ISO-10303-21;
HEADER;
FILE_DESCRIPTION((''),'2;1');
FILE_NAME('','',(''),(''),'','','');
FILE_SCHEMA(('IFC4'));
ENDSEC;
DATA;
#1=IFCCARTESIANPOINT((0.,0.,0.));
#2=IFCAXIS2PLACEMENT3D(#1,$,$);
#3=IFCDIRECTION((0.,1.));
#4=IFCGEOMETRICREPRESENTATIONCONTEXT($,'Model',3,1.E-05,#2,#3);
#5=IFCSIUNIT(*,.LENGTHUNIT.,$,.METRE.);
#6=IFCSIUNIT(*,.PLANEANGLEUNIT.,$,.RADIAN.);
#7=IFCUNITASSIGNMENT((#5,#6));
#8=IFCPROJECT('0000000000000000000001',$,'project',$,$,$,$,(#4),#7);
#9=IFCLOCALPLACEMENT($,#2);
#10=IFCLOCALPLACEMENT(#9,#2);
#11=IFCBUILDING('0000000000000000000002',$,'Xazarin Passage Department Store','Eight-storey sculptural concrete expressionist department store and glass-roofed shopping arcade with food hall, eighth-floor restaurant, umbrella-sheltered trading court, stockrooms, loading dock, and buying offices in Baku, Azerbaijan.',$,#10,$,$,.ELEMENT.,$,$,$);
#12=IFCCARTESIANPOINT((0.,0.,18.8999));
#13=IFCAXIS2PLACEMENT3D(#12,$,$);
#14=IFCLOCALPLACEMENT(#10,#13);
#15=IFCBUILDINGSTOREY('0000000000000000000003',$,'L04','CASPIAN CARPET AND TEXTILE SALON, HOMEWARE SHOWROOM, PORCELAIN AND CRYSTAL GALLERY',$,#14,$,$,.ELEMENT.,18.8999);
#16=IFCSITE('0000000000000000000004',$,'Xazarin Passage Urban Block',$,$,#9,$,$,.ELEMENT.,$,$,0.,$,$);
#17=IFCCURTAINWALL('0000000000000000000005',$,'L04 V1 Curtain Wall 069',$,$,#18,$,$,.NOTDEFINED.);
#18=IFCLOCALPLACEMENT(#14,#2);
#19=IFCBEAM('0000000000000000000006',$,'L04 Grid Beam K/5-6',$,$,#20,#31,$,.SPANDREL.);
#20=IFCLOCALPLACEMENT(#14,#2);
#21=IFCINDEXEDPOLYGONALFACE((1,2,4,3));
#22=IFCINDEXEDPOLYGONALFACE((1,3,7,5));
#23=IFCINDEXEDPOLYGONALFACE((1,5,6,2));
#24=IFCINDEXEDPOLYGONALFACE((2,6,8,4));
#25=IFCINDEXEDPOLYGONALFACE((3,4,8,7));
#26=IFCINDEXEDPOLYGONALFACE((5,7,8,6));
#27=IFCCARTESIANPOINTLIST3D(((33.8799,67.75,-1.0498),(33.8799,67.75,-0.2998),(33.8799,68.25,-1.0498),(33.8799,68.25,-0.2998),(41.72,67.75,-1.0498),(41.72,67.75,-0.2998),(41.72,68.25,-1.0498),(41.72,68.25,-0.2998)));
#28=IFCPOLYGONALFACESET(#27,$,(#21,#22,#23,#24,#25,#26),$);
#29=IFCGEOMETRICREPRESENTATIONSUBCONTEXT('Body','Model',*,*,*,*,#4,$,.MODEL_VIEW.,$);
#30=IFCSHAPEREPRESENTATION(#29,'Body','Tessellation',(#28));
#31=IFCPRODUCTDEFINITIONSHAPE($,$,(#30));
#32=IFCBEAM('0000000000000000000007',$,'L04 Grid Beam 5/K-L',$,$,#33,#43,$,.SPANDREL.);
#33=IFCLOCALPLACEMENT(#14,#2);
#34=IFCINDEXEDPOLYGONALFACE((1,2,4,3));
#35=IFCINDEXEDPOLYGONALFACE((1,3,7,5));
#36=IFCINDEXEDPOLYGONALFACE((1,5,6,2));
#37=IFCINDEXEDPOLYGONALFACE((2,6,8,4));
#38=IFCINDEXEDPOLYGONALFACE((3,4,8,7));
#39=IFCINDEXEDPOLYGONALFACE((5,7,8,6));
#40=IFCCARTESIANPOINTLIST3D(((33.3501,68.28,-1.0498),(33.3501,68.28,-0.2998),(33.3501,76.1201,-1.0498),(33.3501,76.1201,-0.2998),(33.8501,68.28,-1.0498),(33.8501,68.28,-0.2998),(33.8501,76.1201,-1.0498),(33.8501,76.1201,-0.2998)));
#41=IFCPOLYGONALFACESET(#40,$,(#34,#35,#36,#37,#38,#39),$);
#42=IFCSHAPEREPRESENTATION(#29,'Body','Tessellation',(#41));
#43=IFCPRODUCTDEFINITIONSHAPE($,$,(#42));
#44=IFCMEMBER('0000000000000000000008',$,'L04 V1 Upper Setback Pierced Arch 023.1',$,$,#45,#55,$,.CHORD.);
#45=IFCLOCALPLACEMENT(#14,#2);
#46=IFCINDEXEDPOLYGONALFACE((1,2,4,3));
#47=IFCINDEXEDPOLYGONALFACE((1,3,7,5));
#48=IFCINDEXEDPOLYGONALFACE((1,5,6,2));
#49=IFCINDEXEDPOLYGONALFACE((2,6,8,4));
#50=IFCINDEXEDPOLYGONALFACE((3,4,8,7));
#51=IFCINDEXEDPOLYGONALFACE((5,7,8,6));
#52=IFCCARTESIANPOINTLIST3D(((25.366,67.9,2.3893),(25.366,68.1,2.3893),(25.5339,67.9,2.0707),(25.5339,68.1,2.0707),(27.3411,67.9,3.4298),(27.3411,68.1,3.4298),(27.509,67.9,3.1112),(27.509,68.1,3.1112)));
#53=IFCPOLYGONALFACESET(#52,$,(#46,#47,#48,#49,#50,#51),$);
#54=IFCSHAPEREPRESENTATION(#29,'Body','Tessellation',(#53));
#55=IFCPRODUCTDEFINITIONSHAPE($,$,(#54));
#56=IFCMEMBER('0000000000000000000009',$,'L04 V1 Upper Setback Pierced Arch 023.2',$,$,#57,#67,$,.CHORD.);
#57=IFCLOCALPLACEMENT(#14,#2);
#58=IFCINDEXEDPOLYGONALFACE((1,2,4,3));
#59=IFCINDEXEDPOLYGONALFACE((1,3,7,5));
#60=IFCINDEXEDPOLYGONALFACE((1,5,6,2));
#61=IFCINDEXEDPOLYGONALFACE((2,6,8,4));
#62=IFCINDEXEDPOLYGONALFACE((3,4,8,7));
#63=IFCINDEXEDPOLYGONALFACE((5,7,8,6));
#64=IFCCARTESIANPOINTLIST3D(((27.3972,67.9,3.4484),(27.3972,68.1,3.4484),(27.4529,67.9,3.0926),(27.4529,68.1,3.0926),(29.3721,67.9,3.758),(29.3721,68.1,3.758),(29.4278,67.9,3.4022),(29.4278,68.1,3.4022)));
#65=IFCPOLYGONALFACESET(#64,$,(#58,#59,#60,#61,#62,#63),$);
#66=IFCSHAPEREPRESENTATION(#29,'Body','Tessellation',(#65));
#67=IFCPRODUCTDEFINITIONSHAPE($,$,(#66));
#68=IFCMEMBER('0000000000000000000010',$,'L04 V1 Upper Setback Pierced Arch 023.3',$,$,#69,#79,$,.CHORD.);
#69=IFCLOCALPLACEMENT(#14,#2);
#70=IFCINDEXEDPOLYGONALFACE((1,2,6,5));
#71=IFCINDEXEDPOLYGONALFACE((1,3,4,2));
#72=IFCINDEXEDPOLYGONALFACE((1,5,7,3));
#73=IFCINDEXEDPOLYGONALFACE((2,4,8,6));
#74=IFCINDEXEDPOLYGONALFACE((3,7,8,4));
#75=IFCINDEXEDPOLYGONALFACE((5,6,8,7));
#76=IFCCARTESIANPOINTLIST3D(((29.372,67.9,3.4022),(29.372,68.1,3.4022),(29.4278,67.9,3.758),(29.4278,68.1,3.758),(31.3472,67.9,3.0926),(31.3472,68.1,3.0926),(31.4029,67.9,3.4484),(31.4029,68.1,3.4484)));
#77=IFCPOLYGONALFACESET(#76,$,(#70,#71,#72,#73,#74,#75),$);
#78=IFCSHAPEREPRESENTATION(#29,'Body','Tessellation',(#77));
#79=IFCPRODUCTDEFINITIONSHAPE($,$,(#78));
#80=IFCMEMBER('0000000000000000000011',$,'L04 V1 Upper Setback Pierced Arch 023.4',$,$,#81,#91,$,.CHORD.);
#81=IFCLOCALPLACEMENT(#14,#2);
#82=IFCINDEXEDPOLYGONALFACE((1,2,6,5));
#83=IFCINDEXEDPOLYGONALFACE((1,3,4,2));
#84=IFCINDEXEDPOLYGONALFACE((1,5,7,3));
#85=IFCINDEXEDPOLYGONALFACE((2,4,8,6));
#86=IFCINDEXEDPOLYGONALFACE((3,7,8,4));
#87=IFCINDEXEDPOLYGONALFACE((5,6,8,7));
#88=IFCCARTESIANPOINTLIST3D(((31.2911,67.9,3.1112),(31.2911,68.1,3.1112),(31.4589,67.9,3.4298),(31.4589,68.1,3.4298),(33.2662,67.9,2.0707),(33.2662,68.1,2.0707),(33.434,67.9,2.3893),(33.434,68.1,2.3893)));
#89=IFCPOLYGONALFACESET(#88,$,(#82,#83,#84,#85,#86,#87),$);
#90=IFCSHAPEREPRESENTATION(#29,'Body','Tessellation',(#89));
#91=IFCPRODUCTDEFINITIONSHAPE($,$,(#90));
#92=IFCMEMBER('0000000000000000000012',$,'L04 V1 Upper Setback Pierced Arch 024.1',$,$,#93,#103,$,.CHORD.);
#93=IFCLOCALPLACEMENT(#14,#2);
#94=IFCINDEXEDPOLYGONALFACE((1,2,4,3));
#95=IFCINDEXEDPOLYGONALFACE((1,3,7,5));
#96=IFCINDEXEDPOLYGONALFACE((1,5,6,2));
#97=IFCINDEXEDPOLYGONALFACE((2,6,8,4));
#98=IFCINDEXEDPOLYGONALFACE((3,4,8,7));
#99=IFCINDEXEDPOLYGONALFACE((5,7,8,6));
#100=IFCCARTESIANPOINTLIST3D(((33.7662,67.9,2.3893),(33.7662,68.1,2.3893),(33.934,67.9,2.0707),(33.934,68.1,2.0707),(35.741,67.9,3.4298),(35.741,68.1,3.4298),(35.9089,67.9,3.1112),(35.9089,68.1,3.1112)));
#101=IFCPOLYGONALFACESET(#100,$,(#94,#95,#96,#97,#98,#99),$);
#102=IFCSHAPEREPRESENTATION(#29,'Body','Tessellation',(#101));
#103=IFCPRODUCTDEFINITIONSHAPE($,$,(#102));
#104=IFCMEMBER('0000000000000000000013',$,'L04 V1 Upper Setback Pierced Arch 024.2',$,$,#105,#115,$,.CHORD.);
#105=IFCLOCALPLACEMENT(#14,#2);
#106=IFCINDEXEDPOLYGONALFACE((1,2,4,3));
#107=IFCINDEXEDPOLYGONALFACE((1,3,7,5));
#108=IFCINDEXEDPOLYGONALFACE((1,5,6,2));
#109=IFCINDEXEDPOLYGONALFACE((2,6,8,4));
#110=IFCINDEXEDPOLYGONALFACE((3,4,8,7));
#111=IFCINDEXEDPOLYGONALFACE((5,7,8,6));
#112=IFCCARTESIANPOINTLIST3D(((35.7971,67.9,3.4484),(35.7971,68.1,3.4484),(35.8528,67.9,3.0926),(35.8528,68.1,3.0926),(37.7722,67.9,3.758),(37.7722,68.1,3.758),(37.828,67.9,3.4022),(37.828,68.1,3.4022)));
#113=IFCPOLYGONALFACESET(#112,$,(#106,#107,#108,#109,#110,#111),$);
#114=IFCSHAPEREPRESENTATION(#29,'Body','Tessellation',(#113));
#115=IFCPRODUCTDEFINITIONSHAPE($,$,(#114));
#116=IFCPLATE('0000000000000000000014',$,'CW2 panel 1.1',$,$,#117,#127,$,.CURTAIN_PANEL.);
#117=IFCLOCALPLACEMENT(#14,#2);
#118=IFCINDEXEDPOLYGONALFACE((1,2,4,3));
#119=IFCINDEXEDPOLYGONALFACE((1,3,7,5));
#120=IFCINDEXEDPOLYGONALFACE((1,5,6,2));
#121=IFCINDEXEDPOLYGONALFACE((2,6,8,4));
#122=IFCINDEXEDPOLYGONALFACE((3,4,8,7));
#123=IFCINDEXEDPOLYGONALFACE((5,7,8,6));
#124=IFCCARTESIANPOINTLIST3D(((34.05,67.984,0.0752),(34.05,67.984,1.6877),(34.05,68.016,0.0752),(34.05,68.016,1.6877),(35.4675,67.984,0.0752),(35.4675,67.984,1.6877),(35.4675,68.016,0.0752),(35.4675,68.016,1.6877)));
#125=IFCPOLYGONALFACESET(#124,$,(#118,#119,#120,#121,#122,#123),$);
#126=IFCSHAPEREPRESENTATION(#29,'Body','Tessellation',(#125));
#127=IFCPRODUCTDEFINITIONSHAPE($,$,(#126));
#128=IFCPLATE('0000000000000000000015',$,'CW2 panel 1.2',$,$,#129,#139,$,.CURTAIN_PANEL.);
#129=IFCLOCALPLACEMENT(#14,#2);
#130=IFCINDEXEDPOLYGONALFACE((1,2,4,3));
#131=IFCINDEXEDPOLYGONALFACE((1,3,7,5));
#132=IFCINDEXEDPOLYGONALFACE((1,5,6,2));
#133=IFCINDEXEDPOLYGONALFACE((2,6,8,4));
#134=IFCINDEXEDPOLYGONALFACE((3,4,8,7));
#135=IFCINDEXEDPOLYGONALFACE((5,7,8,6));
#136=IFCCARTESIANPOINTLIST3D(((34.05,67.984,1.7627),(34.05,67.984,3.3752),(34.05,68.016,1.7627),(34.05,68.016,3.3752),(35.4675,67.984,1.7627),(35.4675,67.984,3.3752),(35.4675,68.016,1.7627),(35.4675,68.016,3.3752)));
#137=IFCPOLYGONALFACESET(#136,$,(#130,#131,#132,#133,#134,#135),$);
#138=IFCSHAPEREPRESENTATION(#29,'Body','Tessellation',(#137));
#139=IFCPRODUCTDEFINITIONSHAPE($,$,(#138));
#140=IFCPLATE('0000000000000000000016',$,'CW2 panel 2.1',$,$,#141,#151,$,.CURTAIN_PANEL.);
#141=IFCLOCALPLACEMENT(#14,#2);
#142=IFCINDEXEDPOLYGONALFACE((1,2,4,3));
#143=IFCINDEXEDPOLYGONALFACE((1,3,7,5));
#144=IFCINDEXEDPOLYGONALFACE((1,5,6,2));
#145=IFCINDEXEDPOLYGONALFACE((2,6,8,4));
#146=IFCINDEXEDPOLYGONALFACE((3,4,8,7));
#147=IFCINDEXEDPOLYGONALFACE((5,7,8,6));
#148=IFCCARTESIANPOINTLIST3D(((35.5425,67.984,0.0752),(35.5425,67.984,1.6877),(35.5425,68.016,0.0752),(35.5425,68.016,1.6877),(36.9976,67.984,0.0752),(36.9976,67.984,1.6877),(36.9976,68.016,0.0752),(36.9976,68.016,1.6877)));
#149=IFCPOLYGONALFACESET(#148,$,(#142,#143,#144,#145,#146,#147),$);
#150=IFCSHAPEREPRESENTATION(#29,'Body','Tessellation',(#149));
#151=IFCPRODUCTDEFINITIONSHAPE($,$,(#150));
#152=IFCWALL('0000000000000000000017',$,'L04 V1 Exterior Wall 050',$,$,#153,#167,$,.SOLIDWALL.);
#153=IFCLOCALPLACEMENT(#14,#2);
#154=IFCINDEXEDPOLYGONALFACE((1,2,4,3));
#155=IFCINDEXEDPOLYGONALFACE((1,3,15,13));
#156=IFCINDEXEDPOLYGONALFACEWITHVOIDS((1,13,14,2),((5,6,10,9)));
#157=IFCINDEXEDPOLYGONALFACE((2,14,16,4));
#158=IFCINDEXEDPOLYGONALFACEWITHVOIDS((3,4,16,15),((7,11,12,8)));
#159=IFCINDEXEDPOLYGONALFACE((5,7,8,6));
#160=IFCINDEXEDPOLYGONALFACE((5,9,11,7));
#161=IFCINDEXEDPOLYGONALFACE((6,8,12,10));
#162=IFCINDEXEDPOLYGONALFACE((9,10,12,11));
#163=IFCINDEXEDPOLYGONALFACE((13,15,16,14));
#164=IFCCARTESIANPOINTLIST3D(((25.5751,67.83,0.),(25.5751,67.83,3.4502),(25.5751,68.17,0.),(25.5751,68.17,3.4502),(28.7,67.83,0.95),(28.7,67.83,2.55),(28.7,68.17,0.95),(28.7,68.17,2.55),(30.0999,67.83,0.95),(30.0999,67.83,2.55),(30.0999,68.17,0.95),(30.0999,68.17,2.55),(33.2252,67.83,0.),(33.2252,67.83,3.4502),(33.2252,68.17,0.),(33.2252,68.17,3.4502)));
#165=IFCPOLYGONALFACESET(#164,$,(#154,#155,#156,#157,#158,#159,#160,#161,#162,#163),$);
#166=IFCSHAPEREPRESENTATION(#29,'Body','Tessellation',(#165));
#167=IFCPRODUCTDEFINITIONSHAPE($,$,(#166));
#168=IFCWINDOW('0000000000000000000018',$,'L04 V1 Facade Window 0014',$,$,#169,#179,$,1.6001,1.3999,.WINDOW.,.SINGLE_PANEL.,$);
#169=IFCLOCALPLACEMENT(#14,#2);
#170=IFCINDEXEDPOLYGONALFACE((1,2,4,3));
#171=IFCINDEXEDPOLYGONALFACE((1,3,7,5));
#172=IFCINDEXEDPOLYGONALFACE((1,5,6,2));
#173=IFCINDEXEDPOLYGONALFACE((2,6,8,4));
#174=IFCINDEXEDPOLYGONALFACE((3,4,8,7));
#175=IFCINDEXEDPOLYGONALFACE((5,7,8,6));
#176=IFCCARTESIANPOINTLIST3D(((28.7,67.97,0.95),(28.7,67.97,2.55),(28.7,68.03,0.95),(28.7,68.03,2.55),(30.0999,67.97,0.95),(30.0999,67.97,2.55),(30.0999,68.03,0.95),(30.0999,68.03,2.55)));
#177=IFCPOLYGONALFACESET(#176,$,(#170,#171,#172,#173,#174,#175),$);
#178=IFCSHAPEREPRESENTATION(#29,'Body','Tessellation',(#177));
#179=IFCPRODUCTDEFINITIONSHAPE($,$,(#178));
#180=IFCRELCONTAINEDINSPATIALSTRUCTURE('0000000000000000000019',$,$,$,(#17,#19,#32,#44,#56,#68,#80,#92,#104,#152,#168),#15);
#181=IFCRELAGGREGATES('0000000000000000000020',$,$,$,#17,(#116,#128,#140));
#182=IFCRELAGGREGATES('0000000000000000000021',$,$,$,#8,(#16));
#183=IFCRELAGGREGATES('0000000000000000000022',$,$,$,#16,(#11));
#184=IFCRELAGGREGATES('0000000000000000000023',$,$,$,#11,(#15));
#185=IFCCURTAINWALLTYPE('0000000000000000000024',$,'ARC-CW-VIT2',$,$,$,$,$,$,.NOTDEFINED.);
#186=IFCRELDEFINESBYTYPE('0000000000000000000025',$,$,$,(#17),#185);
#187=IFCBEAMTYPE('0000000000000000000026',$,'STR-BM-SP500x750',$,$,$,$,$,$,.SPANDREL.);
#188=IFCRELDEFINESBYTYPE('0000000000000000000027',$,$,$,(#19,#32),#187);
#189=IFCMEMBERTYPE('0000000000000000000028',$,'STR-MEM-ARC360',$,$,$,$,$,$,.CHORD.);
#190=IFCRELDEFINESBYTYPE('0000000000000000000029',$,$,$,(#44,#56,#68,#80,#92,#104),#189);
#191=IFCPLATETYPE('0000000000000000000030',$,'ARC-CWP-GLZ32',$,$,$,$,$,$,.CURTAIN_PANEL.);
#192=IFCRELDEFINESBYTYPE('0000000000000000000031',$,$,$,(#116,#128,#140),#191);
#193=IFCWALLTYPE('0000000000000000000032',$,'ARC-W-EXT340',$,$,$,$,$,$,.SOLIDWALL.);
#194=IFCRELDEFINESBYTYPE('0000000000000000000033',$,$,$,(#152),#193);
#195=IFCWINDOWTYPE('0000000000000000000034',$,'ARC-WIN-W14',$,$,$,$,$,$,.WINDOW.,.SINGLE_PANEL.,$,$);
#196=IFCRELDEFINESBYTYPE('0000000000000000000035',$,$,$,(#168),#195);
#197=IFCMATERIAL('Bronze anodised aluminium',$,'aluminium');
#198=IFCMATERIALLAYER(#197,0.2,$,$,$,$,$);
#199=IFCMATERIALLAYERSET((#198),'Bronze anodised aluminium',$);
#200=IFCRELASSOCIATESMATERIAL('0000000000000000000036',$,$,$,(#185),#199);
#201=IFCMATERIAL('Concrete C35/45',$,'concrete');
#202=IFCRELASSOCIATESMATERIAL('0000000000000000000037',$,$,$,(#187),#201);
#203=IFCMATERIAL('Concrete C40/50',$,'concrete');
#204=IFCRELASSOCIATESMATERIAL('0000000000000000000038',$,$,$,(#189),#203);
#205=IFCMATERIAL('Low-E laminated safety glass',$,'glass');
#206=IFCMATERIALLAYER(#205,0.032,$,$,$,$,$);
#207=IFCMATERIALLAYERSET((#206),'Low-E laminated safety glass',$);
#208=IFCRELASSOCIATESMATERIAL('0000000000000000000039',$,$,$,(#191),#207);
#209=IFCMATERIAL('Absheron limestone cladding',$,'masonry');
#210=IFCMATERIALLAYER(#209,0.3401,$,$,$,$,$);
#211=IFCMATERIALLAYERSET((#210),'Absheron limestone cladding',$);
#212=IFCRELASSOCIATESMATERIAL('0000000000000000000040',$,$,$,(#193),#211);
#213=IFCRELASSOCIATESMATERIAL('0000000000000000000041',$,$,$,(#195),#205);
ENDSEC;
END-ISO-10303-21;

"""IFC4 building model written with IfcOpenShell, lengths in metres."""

from ifc_helpers import new_model, si_unit, direction, frame, frame_2d, origin, origin_2d, place, context, subcontext, project, spatial, rectangle, extrude, material, layer, layer_set, material_profile, profile_set, type_object, element, fill, aggregate, save


model = new_model("IFC4")

# Units and contexts
model_context = context("Model", 3, precision=1e-05, world=origin(), true_north=direction((0.0, 1.0)))
body_context = subcontext(model_context, "Body", "Model", "MODEL_VIEW")
ifc_project = project(units=[si_unit("LENGTHUNIT", "METRE"), si_unit("PLANEANGLEUNIT", "RADIAN")], contexts=[model_context])

# Site, building, storey
site_placement = place(None, origin())
site = spatial("IfcSite", under=ifc_project, at=site_placement, Name="Xazarin Passage Urban Block", CompositionType="ELEMENT", RefElevation=0.0)
building_placement = place(site_placement, origin())
building = spatial("IfcBuilding", under=site, at=building_placement, Name="Xazarin Passage Department Store", Description="Eight-storey sculptural concrete expressionist department store and glass-roofed shopping arcade with food hall, eighth-floor restaurant, umbrella-sheltered trading court, stockrooms, loading dock, and buying offices in Baku, Azerbaijan.", CompositionType="ELEMENT")
storey_placement = place(building_placement, frame((0.0, 0.0, 18.8999)))
storey = spatial("IfcBuildingStorey", under=building, at=storey_placement, Name="L04", Description="CASPIAN CARPET AND TEXTILE SALON, HOMEWARE SHOWROOM, PORCELAIN AND CRYSTAL GALLERY", CompositionType="ELEMENT", Elevation=18.8999)

# Shared definitions
ifc_material_1 = material(Name="Concrete C40/50", Category="concrete")

# Curtain wall
ifc_material_2 = material(Name="Bronze anodised aluminium", Category="aluminium")
ifc_layer_1 = layer(ifc_material_2, 0.2)
ifc_layer_set_1 = layer_set([ifc_layer_1], Name="Bronze anodised aluminium")
curtain_wall_type = type_object("IfcCurtainWallType", Name="ARC-CW-VIT2", PredefinedType="NOTDEFINED", material=ifc_layer_set_1)
curtain_wall_placement = place(storey_placement, origin())
curtain_wall = element("IfcCurtainWall", 1, at=curtain_wall_placement, inside=storey, type_object=curtain_wall_type, Name="L04 V1 Curtain Wall 069", PredefinedType="NOTDEFINED")

# Beams
ifc_material_3 = material(Name="Concrete C35/45", Category="concrete")
ifc_material_profile_1 = material_profile(ifc_material_3, rectangle(XDim=0.5, YDim=0.75, at=origin_2d()), Name="RC 500x750")
ifc_profile_set_1 = profile_set([ifc_material_profile_1], Name="Concrete C35/45")
beam_type = type_object("IfcBeamType", Name="STR-BM-SP500x750", PredefinedType="SPANDREL", material=ifc_profile_set_1)
for number, where, z_axis, x_axis, name in (
    (2, (33.8799, 68.0, -0.6748), (1.0, 0.0, 0.0), (0.0, 1.0, 0.0), "L04 Grid Beam K/5-6"),
    (3, (33.6001, 68.28, -0.6748), (0.0, 1.0, 0.0), (-1.0, 0.0, 0.0), "L04 Grid Beam 5/K-L"),
):
    element("IfcBeam", number, at=place(storey_placement, frame(where, z_axis=z_axis, x_axis=x_axis)), inside=storey, type_object=beam_type, Name=name, PredefinedType="SPANDREL", context=body_context, shape_type="SweptSolid", body=[
        extrude(rectangle(XDim=0.5, YDim=0.75, at=origin_2d()), origin(), (0.0, 0.0, 1.0), 7.8401),
    ])

# Members
ifc_material_profile_2 = material_profile(ifc_material_1, rectangle(XDim=0.2, YDim=0.3601, at=origin_2d()), Name="RC 200x360")
ifc_profile_set_2 = profile_set([ifc_material_profile_2], Name="Concrete C40/50")
member_type_1 = type_object("IfcMemberType", Name="STR-MEM-ARC360", PredefinedType="CHORD", material=ifc_profile_set_2)
member_1_placement = place(storey_placement, frame((25.45, 68.0, 2.23), z_axis=(0.884733, 0.0, 0.466098), x_axis=(0.0, 1.0, 0.0)))
element("IfcMember", 4, at=member_1_placement, inside=storey, type_object=member_type_1, Name="L04 V1 Upper Setback Pierced Arch 023.1", PredefinedType="CHORD", context=body_context, shape_type="SweptSolid", body=[
    extrude(rectangle(XDim=0.2, YDim=0.3601, at=origin_2d()), origin(), (0.0, 0.0, 1.0), 2.2324),
])
member_2_placement = place(storey_placement, frame((27.425, 68.0, 3.2705), z_axis=(0.987936, 0.0, 0.154865), x_axis=(0.0, 1.0, 0.0)))
element("IfcMember", 5, at=member_2_placement, inside=storey, type_object=member_type_1, Name="L04 V1 Upper Setback Pierced Arch 023.2", PredefinedType="CHORD", context=body_context, shape_type="SweptSolid", body=[
    extrude(rectangle(XDim=0.2, YDim=0.3601, at=origin_2d()), origin(), (0.0, 0.0, 1.0), 1.999),
])
member_3_placement = place(storey_placement, frame((29.3999, 68.0, 3.5801), z_axis=(0.987939, 0.0, -0.154846), x_axis=(0.0, 1.0, 0.0)))
element("IfcMember", 6, at=member_3_placement, inside=storey, type_object=member_type_1, Name="L04 V1 Upper Setback Pierced Arch 023.3", PredefinedType="CHORD", context=body_context, shape_type="SweptSolid", body=[
    extrude(rectangle(XDim=0.2, YDim=0.3601, at=origin_2d()), origin(), (0.0, 0.0, 1.0), 1.9993),
])
member_4_placement = place(storey_placement, frame((31.375, 68.0, 3.2705), z_axis=(0.884733, 0.0, -0.466098), x_axis=(0.0, 1.0, 0.0)))
element("IfcMember", 7, at=member_4_placement, inside=storey, type_object=member_type_1, Name="L04 V1 Upper Setback Pierced Arch 023.4", PredefinedType="CHORD", context=body_context, shape_type="SweptSolid", body=[
    extrude(rectangle(XDim=0.2, YDim=0.3601, at=origin_2d()), origin(), (0.0, 0.0, 1.0), 2.2324),
])
member_5_placement = place(storey_placement, frame((33.8501, 68.0, 2.23), z_axis=(0.884709, 0.0, 0.466143), x_axis=(0.0, 1.0, 0.0)))
element("IfcMember", 8, at=member_5_placement, inside=storey, type_object=member_type_1, Name="L04 V1 Upper Setback Pierced Arch 024.1", PredefinedType="CHORD", context=body_context, shape_type="SweptSolid", body=[
    extrude(rectangle(XDim=0.2, YDim=0.3601, at=origin_2d()), origin(), (0.0, 0.0, 1.0), 2.2322),
])
member_6_placement = place(storey_placement, frame((35.825, 68.0, 3.2705), z_axis=(0.987939, 0.0, 0.154846), x_axis=(0.0, 1.0, 0.0)))
element("IfcMember", 9, at=member_6_placement, inside=storey, type_object=member_type_1, Name="L04 V1 Upper Setback Pierced Arch 024.2", PredefinedType="CHORD", context=body_context, shape_type="SweptSolid", body=[
    extrude(rectangle(XDim=0.2, YDim=0.3601, at=origin_2d()), origin(), (0.0, 0.0, 1.0), 1.9993),
])

# Plates
ifc_material_4 = material(Name="Low-E laminated safety glass", Category="glass")
ifc_layer_2 = layer(ifc_material_4, 0.032)
ifc_layer_set_2 = layer_set([ifc_layer_2], Name="Low-E laminated safety glass")
plate_type = type_object("IfcPlateType", Name="ARC-CWP-GLZ32", PredefinedType="CURTAIN_PANEL", material=ifc_layer_set_2)
plate_1_placement = place(storey_placement, frame((34.7588, 68.0, 0.0752), z_axis=(0.0, 0.0, 1.0), x_axis=(1.0, 0.0, 0.0)))
plate_1 = element("IfcPlate", 10, at=plate_1_placement, type_object=plate_type, Name="CW2 panel 1.1", PredefinedType="CURTAIN_PANEL", context=body_context, shape_type="SweptSolid", body=[
    extrude(rectangle(XDim=1.4175, YDim=0.032, at=origin_2d()), origin(), (0.0, 0.0, 1.0), 1.6125),
])
plate_2_placement = place(storey_placement, frame((34.7588, 68.0, 1.7627), z_axis=(0.0, 0.0, 1.0), x_axis=(1.0, 0.0, 0.0)))
plate_2 = element("IfcPlate", 11, at=plate_2_placement, type_object=plate_type, Name="CW2 panel 1.2", PredefinedType="CURTAIN_PANEL", context=body_context, shape_type="SweptSolid", body=[
    extrude(rectangle(XDim=1.4175, YDim=0.032, at=origin_2d()), origin(), (0.0, 0.0, 1.0), 1.6125),
])
plate_3_placement = place(storey_placement, frame((36.27, 68.0, 0.0752), z_axis=(0.0, 0.0, 1.0), x_axis=(1.0, 0.0, 0.0)))
plate_3 = element("IfcPlate", 12, at=plate_3_placement, type_object=plate_type, Name="CW2 panel 2.1", PredefinedType="CURTAIN_PANEL", context=body_context, shape_type="SweptSolid", body=[
    extrude(rectangle(XDim=1.4551, YDim=0.032, at=origin_2d()), origin(), (0.0, 0.0, 1.0), 1.6125),
])
aggregate(curtain_wall, [plate_1, plate_2, plate_3])

# Wall, opening, window
ifc_material_5 = material(Name="Absheron limestone cladding", Category="masonry")
ifc_layer_3 = layer(ifc_material_5, 0.3401)
ifc_layer_set_3 = layer_set([ifc_layer_3], Name="Absheron limestone cladding")
wall_type = type_object("IfcWallType", Name="ARC-W-EXT340", PredefinedType="SOLIDWALL", material=ifc_layer_set_3)
wall_placement = place(storey_placement, frame((25.575, 68.0, 0.0), z_axis=(0.0, 0.0, 1.0), x_axis=(1.0, 0.0, 0.0)))
wall = element("IfcWall", 13, at=wall_placement, inside=storey, type_object=wall_type, Name="L04 V1 Exterior Wall 050", PredefinedType="SOLIDWALL", context=body_context, shape_type="SweptSolid", body=[
    extrude(rectangle(XDim=7.6501, YDim=0.3401, at=frame_2d((3.8252, 0.0))), origin(), (0.0, 0.0, 1.0), 3.4502),
])
opening_placement = place(wall_placement, frame((3.125, 0.0, 0.95)))
opening = element("IfcOpeningElement", 14, at=opening_placement, cuts=wall, PredefinedType="OPENING", context=body_context, shape_type="SweptSolid", body=[
    extrude(rectangle(XDim=1.3999, YDim=1.6001, at=frame_2d((0.7, 0.8))), frame((0.0, 0.1799, 0.0), z_axis=(0.0, -1.0, 0.0), x_axis=(1.0, 0.0, 0.0)), (0.0, 0.0, 1.0), 0.3601),
])
window_type = type_object("IfcWindowType", Name="ARC-WIN-W14", PartitioningType="SINGLE_PANEL", PredefinedType="WINDOW", material=ifc_material_4)
window_placement = place(opening_placement, origin())
window = element("IfcWindow", 15, at=window_placement, inside=storey, type_object=window_type, Name="L04 V1 Facade Window 0014", OverallHeight=1.6001, OverallWidth=1.3999, PartitioningType="SINGLE_PANEL", PredefinedType="WINDOW", context=body_context, shape_type="SweptSolid", body=[
    extrude(rectangle(XDim=1.3999, YDim=1.6001, at=frame_2d((0.7, 0.8))), frame((0.0, 0.03, 0.0), z_axis=(0.0, -1.0, 0.0), x_axis=(1.0, 0.0, 0.0)), (0.0, 0.0, 1.0), 0.0601),
])
fill(opening, window)

save(model, "model.ifc")
